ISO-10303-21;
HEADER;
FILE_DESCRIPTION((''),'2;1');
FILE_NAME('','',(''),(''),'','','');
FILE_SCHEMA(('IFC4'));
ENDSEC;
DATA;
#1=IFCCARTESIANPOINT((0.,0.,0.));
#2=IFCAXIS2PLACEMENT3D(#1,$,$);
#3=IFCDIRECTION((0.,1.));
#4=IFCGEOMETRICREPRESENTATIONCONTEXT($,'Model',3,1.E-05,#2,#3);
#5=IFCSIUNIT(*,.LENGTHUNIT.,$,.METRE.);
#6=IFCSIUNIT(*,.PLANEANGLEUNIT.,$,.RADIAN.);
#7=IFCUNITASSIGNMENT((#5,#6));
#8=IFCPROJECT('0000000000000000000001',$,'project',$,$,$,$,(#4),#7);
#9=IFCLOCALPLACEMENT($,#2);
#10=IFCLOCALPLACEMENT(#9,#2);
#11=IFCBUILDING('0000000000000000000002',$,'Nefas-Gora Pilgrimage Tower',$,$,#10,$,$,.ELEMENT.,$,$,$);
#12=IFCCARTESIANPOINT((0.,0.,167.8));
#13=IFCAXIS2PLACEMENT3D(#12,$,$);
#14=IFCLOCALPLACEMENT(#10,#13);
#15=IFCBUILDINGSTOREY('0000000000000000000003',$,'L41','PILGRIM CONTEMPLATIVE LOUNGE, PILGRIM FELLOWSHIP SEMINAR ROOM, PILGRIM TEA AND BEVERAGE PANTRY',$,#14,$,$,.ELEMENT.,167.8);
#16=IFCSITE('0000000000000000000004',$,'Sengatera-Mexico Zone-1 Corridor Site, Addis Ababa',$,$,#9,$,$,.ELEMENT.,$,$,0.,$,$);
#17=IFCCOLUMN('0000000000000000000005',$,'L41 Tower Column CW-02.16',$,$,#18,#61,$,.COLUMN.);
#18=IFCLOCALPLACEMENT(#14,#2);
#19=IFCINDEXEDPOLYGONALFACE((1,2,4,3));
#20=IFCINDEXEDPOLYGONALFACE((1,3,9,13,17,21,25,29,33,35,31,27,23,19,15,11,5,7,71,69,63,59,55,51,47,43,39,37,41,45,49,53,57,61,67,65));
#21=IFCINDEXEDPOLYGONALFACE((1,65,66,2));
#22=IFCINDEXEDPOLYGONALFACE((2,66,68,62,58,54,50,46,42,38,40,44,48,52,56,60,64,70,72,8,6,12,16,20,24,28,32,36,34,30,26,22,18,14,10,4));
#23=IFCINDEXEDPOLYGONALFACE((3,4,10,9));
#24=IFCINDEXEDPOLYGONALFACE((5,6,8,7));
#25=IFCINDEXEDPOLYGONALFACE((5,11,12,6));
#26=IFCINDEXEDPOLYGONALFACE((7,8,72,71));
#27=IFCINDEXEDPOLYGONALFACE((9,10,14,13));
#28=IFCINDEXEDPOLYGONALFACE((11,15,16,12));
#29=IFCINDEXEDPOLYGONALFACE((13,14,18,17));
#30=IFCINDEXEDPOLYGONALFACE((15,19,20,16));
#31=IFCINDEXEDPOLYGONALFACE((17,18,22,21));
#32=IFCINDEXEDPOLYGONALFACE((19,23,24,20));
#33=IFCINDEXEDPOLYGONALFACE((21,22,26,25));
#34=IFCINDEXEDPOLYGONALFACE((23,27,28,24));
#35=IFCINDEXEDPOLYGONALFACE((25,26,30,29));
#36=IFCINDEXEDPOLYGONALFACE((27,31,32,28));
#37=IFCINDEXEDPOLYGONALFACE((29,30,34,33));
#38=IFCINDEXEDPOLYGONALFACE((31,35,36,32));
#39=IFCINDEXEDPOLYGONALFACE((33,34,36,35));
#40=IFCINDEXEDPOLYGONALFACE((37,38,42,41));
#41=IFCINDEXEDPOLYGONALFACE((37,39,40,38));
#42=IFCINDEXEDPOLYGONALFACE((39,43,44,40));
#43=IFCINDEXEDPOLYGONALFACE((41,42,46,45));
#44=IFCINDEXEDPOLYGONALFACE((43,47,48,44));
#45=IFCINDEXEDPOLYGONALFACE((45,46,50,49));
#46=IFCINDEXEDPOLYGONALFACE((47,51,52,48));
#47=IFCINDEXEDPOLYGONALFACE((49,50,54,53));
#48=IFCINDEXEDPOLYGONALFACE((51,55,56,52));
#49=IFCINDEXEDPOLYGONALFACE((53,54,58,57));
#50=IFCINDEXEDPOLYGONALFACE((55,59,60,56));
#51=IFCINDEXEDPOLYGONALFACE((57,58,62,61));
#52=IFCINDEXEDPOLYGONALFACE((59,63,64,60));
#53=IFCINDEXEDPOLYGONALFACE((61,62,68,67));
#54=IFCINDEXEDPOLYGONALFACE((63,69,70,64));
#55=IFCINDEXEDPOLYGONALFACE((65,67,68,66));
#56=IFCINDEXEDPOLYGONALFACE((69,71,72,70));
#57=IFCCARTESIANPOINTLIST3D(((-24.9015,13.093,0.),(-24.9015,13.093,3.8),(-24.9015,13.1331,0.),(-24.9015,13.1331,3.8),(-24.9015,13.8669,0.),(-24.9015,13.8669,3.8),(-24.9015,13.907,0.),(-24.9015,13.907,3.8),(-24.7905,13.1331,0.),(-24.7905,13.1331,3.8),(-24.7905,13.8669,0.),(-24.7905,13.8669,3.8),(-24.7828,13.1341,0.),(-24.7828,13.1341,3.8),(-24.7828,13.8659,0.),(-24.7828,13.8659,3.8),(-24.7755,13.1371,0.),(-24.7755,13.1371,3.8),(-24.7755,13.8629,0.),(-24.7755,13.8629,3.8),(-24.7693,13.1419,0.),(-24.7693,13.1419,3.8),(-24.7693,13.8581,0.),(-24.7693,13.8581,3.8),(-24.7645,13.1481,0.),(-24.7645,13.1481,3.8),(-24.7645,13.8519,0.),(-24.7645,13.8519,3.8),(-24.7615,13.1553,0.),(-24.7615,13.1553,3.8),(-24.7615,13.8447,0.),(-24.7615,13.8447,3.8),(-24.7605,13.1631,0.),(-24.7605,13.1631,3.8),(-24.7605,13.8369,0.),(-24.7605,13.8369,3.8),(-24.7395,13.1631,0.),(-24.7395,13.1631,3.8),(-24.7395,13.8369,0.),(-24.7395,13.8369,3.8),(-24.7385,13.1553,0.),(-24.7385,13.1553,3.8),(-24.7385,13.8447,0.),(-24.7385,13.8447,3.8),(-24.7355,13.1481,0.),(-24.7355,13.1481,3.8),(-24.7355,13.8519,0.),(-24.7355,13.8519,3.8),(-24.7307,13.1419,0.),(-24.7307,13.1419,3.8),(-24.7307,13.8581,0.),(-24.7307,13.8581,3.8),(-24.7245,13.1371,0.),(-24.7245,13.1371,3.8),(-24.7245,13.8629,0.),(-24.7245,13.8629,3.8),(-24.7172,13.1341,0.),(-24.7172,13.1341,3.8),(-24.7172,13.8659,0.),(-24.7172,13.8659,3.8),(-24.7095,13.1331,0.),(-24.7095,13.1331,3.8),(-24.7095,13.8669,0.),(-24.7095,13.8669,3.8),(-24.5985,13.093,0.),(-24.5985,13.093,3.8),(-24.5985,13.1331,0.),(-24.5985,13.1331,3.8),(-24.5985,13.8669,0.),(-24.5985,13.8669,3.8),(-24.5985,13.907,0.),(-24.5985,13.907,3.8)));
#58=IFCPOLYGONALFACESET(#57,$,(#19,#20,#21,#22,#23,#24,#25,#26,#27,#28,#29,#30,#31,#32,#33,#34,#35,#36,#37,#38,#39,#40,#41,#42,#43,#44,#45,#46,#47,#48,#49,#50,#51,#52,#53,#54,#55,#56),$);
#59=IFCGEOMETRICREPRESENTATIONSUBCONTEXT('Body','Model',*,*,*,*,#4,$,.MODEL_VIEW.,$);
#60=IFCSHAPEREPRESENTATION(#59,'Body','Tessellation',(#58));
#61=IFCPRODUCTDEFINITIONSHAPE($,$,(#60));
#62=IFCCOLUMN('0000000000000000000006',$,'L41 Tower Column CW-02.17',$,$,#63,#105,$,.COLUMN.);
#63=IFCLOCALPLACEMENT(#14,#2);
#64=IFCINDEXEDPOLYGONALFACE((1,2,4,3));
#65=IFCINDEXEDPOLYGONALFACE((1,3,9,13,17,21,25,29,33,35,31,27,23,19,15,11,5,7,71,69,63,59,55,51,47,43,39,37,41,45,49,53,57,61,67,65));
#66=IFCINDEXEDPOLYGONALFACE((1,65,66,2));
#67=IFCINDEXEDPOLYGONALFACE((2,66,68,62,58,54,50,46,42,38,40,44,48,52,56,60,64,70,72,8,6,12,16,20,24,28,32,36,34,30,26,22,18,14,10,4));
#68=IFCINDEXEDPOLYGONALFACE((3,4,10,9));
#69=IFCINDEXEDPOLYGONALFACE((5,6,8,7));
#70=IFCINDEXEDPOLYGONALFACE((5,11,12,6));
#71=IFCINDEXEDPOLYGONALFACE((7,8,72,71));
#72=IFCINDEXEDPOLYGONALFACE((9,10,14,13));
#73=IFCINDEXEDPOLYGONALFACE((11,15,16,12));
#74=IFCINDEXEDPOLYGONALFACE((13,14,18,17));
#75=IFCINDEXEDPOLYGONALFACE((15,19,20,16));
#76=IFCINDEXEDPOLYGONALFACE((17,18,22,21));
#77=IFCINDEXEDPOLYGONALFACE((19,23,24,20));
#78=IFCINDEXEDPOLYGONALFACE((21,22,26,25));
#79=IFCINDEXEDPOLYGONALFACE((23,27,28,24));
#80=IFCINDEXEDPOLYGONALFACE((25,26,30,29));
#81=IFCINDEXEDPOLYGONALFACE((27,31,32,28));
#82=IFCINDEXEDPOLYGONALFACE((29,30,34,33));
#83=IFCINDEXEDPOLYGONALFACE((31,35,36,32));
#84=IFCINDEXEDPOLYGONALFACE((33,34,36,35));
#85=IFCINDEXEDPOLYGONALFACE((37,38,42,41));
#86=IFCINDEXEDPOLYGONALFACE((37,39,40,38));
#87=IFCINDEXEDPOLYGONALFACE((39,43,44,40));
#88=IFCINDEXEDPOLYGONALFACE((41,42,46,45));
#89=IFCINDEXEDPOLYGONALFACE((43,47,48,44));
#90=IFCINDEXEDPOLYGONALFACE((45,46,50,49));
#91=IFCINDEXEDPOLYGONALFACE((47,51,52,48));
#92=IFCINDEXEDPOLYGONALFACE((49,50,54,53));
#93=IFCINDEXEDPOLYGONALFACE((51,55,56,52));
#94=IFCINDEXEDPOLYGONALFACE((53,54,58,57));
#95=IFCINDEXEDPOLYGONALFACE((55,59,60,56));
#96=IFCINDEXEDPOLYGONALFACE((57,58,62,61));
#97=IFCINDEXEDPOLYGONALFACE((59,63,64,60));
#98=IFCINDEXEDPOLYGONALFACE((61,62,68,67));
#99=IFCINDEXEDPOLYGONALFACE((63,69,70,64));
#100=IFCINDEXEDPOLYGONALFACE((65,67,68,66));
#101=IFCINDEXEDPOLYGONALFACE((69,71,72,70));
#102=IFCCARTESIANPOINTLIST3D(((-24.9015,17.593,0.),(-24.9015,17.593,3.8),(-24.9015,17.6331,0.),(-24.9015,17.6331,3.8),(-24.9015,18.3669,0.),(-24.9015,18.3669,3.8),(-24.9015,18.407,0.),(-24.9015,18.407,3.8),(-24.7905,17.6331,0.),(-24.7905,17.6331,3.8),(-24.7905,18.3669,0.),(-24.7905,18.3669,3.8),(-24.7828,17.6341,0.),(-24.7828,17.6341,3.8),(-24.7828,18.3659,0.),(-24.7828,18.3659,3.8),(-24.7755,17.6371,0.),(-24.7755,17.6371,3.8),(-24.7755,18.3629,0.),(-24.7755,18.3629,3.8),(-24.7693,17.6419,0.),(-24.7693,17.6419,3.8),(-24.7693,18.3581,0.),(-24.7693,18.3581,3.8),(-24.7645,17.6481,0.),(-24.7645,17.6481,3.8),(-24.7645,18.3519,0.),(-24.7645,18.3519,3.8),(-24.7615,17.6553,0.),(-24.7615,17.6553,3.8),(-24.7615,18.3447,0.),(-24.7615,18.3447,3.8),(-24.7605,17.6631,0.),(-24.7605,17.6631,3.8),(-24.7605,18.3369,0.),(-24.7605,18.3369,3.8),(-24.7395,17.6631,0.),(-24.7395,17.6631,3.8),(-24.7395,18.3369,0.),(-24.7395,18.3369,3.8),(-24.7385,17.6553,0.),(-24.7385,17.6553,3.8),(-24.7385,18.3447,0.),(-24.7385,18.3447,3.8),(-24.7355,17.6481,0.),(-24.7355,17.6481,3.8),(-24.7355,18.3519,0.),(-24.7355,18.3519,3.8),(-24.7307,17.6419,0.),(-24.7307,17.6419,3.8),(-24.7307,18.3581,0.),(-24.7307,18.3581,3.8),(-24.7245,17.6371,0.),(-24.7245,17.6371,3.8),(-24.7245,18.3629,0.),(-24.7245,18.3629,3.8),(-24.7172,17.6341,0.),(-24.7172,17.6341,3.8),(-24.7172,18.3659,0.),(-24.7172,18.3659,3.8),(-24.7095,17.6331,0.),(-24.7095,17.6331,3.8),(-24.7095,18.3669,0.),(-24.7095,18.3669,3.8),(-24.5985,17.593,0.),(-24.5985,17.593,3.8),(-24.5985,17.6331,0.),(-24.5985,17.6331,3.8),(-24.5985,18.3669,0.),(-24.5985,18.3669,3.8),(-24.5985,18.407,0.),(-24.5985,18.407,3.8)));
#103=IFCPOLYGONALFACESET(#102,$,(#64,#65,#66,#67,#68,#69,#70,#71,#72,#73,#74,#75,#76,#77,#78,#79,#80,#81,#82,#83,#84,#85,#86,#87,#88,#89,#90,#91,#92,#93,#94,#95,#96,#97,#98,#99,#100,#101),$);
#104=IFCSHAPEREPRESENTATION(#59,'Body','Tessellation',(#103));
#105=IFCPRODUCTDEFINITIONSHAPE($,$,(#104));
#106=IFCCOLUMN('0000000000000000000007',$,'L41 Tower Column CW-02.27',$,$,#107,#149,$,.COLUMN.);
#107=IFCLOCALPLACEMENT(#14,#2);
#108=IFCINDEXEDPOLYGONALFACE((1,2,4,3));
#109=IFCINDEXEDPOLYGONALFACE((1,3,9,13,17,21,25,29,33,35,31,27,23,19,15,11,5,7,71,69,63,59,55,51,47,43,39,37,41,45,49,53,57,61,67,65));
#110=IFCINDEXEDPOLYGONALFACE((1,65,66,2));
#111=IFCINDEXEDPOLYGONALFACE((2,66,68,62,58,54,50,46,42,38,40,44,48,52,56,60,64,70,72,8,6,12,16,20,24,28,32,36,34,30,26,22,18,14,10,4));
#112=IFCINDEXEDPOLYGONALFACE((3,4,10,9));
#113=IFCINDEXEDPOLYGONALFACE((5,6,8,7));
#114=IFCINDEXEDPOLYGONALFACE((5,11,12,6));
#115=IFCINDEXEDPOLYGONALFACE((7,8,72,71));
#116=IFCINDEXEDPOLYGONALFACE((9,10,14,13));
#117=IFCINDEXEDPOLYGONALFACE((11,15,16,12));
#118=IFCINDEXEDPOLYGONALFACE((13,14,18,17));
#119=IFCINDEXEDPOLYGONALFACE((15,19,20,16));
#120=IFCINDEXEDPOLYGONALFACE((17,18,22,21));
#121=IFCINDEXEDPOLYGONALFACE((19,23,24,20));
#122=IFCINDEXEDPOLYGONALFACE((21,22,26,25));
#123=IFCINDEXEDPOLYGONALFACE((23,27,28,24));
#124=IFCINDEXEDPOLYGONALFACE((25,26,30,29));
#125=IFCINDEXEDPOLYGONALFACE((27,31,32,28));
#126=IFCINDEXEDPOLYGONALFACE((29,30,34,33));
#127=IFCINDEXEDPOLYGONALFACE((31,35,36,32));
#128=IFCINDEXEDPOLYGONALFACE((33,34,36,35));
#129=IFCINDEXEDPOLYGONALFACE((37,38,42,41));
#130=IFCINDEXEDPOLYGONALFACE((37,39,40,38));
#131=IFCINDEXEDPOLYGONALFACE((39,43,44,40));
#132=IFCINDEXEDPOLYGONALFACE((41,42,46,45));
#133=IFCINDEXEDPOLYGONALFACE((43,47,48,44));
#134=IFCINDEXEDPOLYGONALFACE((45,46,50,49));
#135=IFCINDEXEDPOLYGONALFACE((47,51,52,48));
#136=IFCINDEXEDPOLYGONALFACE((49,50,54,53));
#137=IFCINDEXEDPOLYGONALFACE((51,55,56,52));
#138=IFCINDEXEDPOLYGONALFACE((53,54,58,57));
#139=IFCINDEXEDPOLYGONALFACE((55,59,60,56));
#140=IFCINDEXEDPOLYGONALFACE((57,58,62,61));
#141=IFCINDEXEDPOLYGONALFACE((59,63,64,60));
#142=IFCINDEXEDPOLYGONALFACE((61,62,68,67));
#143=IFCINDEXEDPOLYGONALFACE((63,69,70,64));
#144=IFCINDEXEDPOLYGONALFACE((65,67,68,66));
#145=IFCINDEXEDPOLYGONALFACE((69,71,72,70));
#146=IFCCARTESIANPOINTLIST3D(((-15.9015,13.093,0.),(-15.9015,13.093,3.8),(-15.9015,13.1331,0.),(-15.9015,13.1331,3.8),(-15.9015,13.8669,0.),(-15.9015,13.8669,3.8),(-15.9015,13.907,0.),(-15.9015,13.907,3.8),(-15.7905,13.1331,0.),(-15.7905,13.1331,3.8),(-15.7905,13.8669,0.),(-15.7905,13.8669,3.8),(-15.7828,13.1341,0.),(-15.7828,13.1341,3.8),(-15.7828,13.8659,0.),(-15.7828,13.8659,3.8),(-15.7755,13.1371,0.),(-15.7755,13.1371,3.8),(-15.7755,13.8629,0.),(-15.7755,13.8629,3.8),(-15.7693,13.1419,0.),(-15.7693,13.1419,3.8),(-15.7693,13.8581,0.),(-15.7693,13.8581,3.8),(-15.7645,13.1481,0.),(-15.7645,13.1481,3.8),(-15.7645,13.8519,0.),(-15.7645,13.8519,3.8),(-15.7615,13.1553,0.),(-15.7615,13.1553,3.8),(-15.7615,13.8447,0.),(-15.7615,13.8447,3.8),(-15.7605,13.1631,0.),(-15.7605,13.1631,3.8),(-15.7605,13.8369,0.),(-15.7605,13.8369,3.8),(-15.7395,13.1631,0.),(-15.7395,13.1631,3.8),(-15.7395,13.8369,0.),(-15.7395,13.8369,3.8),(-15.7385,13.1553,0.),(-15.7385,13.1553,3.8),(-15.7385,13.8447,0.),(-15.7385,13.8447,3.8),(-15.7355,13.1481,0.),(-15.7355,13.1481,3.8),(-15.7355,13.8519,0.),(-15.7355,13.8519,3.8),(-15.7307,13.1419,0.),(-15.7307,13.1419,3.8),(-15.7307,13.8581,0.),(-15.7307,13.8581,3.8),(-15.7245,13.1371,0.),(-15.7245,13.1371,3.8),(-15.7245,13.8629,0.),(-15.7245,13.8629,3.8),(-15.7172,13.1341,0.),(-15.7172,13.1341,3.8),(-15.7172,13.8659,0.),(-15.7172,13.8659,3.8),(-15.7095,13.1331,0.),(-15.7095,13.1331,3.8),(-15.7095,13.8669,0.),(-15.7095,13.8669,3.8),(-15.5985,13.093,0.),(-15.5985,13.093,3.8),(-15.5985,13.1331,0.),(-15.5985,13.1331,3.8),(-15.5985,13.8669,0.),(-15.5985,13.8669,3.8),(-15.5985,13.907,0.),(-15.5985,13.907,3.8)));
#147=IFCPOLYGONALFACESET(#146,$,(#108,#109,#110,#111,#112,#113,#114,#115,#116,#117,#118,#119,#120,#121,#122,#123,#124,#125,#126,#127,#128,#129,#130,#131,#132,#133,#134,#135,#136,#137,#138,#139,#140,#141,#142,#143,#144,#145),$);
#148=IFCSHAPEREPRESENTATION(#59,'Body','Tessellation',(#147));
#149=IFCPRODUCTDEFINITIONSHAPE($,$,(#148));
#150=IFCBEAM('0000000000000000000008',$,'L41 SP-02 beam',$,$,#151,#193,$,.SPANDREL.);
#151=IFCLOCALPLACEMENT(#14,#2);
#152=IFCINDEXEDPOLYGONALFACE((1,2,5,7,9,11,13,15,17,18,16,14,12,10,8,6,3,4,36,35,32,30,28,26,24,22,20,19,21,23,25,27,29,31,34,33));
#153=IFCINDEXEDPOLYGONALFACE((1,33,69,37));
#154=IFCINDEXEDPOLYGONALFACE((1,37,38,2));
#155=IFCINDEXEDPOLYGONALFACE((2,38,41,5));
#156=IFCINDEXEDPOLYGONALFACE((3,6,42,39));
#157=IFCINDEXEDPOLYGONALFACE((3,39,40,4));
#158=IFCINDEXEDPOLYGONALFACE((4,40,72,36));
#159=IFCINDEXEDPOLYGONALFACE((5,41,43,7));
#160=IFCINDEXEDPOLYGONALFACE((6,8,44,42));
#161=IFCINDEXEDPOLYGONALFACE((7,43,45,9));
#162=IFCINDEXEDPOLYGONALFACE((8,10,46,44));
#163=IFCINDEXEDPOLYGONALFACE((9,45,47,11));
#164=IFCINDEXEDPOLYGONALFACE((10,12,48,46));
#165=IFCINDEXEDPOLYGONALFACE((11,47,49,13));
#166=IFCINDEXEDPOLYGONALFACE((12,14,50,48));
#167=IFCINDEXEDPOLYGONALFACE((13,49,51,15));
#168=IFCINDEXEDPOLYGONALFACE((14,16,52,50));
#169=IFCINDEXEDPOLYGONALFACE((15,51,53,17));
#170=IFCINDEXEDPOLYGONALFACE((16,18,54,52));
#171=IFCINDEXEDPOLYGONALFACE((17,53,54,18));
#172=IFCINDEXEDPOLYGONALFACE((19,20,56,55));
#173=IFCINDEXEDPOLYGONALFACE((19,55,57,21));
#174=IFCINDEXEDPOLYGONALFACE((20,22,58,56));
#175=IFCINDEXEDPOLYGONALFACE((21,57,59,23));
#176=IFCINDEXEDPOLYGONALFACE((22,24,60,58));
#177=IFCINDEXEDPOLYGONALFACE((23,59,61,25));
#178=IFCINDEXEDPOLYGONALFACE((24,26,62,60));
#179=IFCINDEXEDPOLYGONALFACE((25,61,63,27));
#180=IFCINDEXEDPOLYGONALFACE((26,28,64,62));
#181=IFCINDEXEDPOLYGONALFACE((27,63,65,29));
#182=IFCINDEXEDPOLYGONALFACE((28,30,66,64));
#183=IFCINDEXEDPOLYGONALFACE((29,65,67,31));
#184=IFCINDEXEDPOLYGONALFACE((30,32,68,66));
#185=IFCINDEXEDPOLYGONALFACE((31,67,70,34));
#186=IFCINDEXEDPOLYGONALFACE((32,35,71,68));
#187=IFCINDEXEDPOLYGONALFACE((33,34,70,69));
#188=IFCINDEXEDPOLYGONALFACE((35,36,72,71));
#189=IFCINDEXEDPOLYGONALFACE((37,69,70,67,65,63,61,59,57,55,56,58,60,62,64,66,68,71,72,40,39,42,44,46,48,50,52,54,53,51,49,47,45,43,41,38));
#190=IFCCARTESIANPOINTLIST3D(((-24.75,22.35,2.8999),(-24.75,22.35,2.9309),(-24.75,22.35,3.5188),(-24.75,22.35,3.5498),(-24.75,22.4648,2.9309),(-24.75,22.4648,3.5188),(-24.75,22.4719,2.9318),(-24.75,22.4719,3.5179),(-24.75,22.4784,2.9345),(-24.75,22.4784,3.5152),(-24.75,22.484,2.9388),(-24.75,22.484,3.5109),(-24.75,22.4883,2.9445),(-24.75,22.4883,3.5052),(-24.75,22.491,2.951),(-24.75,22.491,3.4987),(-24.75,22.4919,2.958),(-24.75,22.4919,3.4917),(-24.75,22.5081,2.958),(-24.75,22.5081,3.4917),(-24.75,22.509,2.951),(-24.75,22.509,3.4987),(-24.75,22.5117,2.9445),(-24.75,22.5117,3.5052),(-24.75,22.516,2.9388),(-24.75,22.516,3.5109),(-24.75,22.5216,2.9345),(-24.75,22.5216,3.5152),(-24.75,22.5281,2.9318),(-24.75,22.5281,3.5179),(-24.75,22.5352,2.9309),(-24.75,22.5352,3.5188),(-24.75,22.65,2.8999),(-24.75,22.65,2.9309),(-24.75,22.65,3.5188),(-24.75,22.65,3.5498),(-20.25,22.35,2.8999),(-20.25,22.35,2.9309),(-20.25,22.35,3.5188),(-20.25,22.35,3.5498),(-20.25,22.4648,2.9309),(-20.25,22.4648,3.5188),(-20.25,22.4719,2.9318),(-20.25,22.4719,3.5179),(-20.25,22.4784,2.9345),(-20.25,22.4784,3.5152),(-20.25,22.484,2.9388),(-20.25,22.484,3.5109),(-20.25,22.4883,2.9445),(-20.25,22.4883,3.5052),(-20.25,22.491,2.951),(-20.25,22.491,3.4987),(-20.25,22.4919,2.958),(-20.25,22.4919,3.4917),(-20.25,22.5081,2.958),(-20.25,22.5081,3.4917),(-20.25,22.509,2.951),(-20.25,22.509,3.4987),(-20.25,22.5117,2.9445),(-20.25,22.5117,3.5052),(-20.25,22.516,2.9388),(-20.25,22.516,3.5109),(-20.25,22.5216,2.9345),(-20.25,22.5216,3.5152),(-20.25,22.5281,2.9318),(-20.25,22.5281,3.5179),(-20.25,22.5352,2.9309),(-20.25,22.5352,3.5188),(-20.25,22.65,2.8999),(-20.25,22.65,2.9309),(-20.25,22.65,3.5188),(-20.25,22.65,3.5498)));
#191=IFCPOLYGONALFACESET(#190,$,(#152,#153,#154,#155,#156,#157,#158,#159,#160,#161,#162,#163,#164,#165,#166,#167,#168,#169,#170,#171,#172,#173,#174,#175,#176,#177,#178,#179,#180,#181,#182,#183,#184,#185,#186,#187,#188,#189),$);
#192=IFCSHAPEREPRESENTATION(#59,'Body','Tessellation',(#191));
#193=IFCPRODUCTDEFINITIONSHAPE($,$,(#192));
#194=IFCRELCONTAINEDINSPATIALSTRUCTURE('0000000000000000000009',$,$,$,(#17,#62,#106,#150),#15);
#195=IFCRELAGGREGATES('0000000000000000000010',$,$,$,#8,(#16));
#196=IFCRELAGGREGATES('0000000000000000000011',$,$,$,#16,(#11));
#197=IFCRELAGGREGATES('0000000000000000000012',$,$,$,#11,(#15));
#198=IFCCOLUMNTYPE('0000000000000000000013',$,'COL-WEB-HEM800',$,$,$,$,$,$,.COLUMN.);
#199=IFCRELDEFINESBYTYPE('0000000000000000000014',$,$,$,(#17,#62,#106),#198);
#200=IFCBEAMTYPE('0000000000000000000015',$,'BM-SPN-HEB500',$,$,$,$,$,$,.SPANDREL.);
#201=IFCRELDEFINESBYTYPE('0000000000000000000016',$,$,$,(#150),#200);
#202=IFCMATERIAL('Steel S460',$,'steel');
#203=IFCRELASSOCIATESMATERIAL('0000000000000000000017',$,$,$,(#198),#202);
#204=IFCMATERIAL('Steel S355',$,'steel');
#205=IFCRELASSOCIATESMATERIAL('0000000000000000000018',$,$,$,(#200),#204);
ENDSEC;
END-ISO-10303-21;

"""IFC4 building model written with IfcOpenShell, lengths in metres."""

from ifc_helpers import new_model, si_unit, direction, frame, origin, origin_2d, place, context, subcontext, project, spatial, i_section, extrude, source, transform, mapped, material, material_profile, profile_set, type_object, element, save


model = new_model("IFC4")

# Units and contexts
model_context = context("Model", 3, precision=1e-05, world=origin(), true_north=direction((0.0, 1.0)))
body_context = subcontext(model_context, "Body", "Model", "MODEL_VIEW")
ifc_project = project(units=[si_unit("LENGTHUNIT", "METRE"), si_unit("PLANEANGLEUNIT", "RADIAN")], contexts=[model_context])

# Site, building, storey
site_placement = place(None, origin())
site = spatial("IfcSite", under=ifc_project, at=site_placement, Name="Sengatera-Mexico Zone-1 Corridor Site, Addis Ababa", CompositionType="ELEMENT", RefElevation=0.0)
building_placement = place(site_placement, origin())
building = spatial("IfcBuilding", under=site, at=building_placement, Name="Nefas-Gora Pilgrimage Tower", CompositionType="ELEMENT")
storey_placement = place(building_placement, frame((0.0, 0.0, 167.8)))
storey = spatial("IfcBuildingStorey", under=building, at=storey_placement, Name="L41", Description="PILGRIM CONTEMPLATIVE LOUNGE, PILGRIM FELLOWSHIP SEMINAR ROOM, PILGRIM TEA AND BEVERAGE PANTRY", CompositionType="ELEMENT", Elevation=167.8)

# Columns
ifc_material_1 = material(Name="Steel S460", Category="steel")
ifc_material_profile_1 = material_profile(ifc_material_1, i_section(OverallWidth=0.303, OverallDepth=0.814, WebThickness=0.021, FlangeThickness=0.04, FilletRadius=0.03, at=origin_2d()), Name="HEM 800")
ifc_profile_set_1 = profile_set([ifc_material_profile_1], Name="Steel S460")
column_type_1 = type_object("IfcColumnType", Name="COL-WEB-HEM800", PredefinedType="COLUMN", material=ifc_profile_set_1)
shared_shape_1 = source(origin(), body_context, "Body", "SweptSolid", [
    extrude(i_section(OverallWidth=0.303, OverallDepth=0.814, WebThickness=0.021, FlangeThickness=0.04, FilletRadius=0.03, at=origin_2d()), origin(), (0.0, 0.0, 1.0), 3.8),
])
for number, where, z_axis, x_axis, name in (
    (1, (-24.75, 13.5, 0.0), (0.0, 0.0, 1.0), (1.0, 0.0, 0.0), "L41 Tower Column CW-02.16"),
    (2, (-24.75, 18.0, 0.0), (0.0, 0.0, 1.0), (1.0, 0.0, 0.0), "L41 Tower Column CW-02.17"),
    (3, (-15.75, 13.5, 0.0), (0.0, 0.0, 1.0), (1.0, 0.0, 0.0), "L41 Tower Column CW-02.27"),
):
    element("IfcColumn", number, at=place(storey_placement, frame(where, z_axis=z_axis, x_axis=x_axis)), inside=storey, type_object=column_type_1, Name=name, PredefinedType="COLUMN", context=body_context, shape_type="MappedRepresentation", body=[
        mapped(shared_shape_1, transform((0.0, 0.0, 0.0), x_axis=(1.0, 0.0, 0.0), y_axis=(0.0, 1.0, 0.0), z_axis=(0.0, 0.0, 1.0), scale=1.0)),
    ])

# Beam
ifc_material_2 = material(Name="Steel S355", Category="steel")
ifc_material_profile_2 = material_profile(ifc_material_2, i_section(OverallWidth=0.3, OverallDepth=0.6499, WebThickness=0.0161, FlangeThickness=0.031, FilletRadius=0.0271, at=origin_2d()), Name="HEB 650")
ifc_profile_set_2 = profile_set([ifc_material_profile_2], Name="Steel S355")
beam_type_1 = type_object("IfcBeamType", Name="BM-SPN-HEB500", PredefinedType="SPANDREL", material=ifc_profile_set_2)
shared_shape_2 = source(origin(), body_context, "Body", "SweptSolid", [
    extrude(i_section(OverallWidth=0.3, OverallDepth=0.6499, WebThickness=0.0161, FlangeThickness=0.031, FilletRadius=0.0271, at=origin_2d()), origin(), (0.0, 0.0, 1.0), 4.5),
])
beam_placement = place(storey_placement, frame((-24.75, 22.5, 3.2249), z_axis=(1.0, 0.0, 0.0), x_axis=(0.0, 1.0, 0.0)))
element("IfcBeam", 4, at=beam_placement, inside=storey, type_object=beam_type_1, Name="L41 SP-02 beam", PredefinedType="SPANDREL", context=body_context, shape_type="MappedRepresentation", body=[
    mapped(shared_shape_2, transform((0.0, 0.0, 0.0), x_axis=(1.0, 0.0, 0.0), y_axis=(0.0, 1.0, 0.0), z_axis=(0.0, 0.0, 1.0), scale=1.0)),
])

save(model, "model.ifc")
